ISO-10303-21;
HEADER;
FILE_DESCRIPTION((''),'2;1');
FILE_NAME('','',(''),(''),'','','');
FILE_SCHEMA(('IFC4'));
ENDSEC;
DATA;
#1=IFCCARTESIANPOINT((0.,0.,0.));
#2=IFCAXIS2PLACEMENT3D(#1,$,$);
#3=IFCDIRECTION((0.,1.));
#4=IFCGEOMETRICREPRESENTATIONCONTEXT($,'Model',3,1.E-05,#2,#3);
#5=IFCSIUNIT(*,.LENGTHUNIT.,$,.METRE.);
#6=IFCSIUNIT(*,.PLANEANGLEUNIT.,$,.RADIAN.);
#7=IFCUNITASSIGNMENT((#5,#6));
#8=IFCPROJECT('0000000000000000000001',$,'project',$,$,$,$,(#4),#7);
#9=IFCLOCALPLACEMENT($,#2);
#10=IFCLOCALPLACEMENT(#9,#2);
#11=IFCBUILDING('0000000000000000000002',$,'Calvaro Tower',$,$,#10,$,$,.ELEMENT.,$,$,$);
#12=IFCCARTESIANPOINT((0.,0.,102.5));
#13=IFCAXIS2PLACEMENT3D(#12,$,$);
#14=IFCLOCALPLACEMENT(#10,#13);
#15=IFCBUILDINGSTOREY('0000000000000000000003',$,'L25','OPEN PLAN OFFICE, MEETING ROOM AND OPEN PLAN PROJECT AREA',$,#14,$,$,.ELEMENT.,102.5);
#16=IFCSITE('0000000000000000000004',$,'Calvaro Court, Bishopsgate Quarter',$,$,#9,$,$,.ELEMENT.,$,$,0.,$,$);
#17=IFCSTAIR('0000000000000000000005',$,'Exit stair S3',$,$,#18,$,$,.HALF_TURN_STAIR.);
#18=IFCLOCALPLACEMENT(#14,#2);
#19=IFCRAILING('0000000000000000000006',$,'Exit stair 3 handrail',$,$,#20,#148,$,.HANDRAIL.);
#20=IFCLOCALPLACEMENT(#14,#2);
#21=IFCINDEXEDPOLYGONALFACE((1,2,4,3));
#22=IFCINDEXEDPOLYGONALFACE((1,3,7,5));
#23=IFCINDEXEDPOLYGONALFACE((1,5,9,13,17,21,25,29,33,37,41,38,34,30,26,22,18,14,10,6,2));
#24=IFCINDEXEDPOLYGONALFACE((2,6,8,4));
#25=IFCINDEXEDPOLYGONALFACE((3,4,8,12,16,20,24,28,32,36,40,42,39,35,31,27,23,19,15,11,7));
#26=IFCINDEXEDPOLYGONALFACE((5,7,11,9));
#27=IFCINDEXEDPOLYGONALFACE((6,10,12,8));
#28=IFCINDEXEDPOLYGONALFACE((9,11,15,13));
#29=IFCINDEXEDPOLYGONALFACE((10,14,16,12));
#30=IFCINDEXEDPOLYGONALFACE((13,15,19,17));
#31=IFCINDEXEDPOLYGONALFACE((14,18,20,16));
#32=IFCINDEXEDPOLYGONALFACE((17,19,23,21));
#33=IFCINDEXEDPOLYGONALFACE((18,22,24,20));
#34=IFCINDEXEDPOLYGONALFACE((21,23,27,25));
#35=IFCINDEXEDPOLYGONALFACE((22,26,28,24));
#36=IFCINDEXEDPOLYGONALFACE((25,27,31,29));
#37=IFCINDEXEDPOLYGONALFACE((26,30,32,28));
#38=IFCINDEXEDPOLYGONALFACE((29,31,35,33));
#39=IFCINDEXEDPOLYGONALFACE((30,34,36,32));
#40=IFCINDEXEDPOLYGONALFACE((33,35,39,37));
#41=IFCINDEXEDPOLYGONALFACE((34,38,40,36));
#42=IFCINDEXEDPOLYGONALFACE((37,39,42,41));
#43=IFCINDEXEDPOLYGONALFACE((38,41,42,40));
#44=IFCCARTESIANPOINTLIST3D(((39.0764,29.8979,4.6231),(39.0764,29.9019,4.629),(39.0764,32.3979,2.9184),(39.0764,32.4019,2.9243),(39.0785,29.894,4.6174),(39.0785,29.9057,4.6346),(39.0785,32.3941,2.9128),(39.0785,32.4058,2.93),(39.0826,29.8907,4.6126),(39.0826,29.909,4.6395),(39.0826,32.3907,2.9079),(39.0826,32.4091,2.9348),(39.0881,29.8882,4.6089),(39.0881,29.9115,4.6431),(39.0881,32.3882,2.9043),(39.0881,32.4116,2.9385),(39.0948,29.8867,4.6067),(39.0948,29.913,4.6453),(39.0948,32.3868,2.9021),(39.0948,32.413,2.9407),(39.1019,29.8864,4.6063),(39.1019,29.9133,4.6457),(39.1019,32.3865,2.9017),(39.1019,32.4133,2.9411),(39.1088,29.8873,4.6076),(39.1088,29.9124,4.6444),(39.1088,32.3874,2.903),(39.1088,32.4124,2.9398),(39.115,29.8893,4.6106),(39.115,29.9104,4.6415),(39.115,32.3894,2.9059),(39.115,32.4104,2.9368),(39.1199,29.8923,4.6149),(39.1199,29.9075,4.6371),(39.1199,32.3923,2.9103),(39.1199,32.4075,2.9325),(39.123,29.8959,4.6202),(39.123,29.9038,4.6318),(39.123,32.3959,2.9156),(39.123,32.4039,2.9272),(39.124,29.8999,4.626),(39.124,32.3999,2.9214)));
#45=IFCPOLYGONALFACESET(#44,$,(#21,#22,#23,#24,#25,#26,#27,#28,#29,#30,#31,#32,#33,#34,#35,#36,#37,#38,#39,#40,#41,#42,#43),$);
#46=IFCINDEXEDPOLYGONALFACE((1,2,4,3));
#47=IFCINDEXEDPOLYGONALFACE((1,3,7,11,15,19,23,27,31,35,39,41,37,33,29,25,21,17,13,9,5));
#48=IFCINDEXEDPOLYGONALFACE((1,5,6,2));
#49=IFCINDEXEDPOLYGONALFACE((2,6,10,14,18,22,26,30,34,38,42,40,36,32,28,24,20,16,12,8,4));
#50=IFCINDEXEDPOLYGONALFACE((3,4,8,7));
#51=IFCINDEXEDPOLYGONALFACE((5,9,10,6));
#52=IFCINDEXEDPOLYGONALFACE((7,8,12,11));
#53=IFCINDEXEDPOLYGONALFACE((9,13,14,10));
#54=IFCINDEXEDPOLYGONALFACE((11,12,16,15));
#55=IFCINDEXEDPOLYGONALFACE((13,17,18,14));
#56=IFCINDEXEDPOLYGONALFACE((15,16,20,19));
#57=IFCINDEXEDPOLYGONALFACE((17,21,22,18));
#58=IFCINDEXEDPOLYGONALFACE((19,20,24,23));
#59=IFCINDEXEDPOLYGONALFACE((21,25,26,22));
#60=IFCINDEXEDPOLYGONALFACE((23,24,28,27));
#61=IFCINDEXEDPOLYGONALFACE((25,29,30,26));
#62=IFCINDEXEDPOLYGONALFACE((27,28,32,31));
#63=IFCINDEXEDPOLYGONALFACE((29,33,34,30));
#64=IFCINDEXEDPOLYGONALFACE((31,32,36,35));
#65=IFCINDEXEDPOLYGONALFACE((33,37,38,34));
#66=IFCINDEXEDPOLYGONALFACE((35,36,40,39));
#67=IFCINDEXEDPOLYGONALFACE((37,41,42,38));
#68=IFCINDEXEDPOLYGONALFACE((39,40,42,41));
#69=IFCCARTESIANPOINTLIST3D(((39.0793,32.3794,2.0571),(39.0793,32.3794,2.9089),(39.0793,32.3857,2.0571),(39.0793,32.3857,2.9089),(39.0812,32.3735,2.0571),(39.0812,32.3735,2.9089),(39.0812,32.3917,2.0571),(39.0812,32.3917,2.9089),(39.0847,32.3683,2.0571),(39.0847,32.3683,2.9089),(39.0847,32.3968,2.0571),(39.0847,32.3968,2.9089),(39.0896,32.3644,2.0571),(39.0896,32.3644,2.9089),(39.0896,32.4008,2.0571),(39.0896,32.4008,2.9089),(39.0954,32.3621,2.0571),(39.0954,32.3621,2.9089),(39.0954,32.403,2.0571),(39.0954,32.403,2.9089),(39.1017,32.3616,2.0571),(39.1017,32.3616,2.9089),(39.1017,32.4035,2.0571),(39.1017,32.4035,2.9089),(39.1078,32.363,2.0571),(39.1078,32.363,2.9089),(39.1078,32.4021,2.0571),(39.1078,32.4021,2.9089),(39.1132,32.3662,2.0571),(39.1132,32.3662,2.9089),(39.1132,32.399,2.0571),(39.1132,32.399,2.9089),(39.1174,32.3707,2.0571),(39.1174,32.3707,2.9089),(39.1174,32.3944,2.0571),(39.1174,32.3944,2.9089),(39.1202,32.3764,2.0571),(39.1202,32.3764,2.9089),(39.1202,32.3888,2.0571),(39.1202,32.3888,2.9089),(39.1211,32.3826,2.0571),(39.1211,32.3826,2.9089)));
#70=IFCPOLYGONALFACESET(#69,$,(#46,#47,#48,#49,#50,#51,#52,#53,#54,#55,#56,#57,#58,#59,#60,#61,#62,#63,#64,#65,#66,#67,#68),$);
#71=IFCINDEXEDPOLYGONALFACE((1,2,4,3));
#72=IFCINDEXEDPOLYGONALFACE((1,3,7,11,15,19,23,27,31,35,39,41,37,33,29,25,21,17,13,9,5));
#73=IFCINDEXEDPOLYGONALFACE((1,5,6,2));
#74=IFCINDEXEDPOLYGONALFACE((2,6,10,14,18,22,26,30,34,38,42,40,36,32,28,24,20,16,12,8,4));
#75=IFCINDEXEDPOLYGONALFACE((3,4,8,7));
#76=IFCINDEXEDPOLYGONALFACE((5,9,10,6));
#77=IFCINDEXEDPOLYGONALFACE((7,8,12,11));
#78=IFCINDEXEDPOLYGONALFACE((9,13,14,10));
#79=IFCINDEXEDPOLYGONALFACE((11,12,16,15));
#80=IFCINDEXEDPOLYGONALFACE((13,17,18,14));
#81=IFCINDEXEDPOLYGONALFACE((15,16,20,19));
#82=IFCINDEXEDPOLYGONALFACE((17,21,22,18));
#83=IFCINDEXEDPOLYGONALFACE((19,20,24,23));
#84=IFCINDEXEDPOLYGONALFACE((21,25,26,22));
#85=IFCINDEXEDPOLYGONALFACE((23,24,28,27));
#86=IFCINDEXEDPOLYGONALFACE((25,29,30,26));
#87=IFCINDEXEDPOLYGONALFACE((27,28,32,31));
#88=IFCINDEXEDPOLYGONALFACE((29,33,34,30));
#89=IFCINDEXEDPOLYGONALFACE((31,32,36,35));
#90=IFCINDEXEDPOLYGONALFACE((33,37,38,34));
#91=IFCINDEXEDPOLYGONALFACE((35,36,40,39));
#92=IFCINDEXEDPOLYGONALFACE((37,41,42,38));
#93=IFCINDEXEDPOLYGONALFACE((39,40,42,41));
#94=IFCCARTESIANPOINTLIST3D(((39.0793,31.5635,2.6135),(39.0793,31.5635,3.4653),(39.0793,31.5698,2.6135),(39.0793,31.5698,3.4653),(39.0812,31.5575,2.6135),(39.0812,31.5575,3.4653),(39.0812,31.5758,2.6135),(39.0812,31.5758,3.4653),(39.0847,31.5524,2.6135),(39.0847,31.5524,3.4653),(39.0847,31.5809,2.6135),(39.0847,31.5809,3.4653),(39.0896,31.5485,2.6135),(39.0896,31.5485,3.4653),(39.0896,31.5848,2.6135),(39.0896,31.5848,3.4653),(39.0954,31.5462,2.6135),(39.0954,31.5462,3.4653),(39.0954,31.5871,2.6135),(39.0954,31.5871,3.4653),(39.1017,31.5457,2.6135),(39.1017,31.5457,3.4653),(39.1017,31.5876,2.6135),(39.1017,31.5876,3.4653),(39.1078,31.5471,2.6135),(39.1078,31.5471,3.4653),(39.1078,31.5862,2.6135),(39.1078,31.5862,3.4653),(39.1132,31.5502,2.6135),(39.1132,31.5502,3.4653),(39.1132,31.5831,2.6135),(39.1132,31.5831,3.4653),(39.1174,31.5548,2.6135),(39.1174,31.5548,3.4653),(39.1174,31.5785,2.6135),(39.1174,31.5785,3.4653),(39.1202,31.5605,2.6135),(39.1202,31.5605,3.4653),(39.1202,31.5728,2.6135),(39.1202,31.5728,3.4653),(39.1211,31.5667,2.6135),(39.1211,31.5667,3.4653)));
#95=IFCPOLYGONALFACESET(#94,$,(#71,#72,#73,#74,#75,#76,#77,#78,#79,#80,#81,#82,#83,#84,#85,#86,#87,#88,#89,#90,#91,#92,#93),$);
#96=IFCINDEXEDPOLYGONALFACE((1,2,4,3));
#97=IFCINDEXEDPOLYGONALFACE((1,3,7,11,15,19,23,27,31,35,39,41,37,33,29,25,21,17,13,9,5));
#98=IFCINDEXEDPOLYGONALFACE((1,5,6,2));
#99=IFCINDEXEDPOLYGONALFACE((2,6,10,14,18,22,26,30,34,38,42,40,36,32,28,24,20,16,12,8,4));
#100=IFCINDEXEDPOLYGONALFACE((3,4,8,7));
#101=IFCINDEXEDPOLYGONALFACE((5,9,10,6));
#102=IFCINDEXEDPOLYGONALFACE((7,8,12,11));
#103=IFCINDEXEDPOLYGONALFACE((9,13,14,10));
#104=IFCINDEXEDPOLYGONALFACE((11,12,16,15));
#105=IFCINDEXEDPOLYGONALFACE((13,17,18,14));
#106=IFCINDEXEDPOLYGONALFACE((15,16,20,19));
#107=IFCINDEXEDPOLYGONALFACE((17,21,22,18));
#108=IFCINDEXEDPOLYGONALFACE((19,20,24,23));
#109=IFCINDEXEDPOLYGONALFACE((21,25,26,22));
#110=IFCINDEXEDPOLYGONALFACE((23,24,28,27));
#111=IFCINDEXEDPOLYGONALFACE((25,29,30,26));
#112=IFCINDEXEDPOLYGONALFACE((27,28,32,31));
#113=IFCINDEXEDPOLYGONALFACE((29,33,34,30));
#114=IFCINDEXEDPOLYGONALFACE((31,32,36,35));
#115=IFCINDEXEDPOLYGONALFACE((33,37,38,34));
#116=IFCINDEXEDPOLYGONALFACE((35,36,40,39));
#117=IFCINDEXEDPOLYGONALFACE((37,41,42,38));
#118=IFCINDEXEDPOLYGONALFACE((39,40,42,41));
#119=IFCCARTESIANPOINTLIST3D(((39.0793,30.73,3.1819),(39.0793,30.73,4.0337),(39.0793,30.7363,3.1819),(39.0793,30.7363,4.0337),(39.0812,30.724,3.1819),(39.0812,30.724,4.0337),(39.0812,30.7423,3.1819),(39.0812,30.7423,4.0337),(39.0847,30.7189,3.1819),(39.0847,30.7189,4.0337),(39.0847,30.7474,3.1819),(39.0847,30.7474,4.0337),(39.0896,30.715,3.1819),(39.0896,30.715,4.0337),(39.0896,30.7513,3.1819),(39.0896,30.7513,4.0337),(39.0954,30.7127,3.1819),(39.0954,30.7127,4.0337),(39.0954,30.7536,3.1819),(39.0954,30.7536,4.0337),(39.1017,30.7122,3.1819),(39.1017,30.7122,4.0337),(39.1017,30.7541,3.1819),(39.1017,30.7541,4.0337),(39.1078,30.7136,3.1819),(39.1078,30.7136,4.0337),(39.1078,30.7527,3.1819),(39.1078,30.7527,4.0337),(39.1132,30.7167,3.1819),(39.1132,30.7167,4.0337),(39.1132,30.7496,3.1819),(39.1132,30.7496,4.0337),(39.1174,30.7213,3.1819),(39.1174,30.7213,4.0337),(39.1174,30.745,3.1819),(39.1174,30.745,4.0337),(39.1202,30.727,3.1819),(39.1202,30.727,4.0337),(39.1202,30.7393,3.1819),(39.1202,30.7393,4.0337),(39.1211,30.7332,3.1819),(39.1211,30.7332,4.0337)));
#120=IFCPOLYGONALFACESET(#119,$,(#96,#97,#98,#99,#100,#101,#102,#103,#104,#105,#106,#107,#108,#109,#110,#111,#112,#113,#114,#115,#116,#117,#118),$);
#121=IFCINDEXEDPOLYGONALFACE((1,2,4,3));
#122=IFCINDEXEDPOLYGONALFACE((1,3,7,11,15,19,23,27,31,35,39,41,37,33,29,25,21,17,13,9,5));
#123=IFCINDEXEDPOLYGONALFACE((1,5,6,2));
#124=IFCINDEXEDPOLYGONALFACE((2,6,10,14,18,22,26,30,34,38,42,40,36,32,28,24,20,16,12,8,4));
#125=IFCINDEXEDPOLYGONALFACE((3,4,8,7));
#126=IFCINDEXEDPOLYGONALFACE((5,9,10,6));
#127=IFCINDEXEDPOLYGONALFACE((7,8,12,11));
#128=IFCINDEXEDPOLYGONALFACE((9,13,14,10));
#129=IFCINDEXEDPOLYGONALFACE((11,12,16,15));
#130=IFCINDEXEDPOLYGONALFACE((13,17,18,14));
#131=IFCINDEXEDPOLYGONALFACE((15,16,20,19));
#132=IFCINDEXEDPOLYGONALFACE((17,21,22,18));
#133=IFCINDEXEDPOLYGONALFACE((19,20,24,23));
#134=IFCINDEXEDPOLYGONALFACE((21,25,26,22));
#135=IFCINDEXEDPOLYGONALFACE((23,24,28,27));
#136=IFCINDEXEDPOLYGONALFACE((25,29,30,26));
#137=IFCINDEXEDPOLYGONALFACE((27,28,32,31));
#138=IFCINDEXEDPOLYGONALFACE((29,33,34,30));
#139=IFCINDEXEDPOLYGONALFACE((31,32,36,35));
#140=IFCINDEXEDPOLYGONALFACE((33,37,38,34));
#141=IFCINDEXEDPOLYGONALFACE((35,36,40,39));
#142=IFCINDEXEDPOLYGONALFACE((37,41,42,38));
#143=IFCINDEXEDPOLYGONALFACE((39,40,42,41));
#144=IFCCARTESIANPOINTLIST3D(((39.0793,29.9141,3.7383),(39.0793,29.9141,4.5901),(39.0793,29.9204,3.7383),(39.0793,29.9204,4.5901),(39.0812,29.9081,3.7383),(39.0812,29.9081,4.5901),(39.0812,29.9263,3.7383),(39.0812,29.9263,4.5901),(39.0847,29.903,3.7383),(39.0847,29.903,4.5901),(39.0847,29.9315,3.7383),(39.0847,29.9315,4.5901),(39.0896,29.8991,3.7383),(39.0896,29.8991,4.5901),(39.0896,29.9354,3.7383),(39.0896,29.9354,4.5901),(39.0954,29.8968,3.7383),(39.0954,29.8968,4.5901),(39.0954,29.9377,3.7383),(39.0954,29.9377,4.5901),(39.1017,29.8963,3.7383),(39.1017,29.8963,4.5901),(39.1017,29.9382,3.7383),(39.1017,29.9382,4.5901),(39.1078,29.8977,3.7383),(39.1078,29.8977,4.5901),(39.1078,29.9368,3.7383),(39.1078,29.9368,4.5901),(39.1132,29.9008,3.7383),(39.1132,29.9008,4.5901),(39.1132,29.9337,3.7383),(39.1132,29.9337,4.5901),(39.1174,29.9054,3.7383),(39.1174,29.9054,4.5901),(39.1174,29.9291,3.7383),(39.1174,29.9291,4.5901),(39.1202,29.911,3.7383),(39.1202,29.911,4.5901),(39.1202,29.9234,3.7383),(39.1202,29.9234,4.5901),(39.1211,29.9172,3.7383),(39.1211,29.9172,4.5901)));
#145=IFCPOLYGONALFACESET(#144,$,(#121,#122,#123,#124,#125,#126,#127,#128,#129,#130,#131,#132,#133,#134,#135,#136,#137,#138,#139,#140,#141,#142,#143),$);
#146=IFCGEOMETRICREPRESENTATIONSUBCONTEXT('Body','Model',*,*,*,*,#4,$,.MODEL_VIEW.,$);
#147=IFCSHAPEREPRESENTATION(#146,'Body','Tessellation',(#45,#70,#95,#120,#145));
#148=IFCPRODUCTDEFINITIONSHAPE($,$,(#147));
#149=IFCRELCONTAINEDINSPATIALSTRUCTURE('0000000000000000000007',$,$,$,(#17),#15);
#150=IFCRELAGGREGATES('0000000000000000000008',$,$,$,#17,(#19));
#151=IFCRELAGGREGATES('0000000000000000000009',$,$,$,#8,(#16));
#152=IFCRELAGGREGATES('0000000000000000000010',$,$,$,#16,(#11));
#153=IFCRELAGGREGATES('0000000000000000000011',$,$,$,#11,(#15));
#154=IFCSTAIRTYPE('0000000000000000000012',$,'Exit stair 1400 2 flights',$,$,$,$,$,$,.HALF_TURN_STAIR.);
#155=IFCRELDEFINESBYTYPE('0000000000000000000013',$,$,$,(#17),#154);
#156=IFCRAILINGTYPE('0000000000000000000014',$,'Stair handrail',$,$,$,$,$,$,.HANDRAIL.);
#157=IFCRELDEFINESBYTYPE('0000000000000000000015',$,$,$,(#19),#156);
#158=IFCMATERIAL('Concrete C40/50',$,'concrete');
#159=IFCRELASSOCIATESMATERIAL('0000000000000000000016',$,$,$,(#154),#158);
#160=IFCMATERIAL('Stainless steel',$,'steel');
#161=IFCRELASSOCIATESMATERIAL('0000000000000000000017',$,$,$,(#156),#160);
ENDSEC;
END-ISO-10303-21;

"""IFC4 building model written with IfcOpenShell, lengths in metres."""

from ifc_helpers import new_model, si_unit, direction, frame, origin, origin_2d, place, context, subcontext, project, spatial, circle, extrude, material, type_object, element, aggregate, save


model = new_model("IFC4")

# Units and contexts
model_context = context("Model", 3, precision=1e-05, world=origin(), true_north=direction((0.0, 1.0)))
body_context = subcontext(model_context, "Body", "Model", "MODEL_VIEW")
ifc_project = project(units=[si_unit("LENGTHUNIT", "METRE"), si_unit("PLANEANGLEUNIT", "RADIAN")], contexts=[model_context])

# Site, building, storey
site_placement = place(None, origin())
site = spatial("IfcSite", under=ifc_project, at=site_placement, Name="Calvaro Court, Bishopsgate Quarter", CompositionType="ELEMENT", RefElevation=0.0)
building_placement = place(site_placement, origin())
building = spatial("IfcBuilding", under=site, at=building_placement, Name="Calvaro Tower", CompositionType="ELEMENT")
storey_placement = place(building_placement, frame((0.0, 0.0, 102.5)))
storey = spatial("IfcBuildingStorey", under=building, at=storey_placement, Name="L25", Description="OPEN PLAN OFFICE, MEETING ROOM AND OPEN PLAN PROJECT AREA", CompositionType="ELEMENT", Elevation=102.5)

# Stair
ifc_material_1 = material(Name="Concrete C40/50", Category="concrete")
stair_type = type_object("IfcStairType", Name="Exit stair 1400 2 flights", PredefinedType="HALF_TURN_STAIR", material=ifc_material_1)
stair_1_placement = place(storey_placement, origin())
stair_1 = element("IfcStair", 1, at=stair_1_placement, inside=storey, type_object=stair_type, Name="Exit stair S3", PredefinedType="HALF_TURN_STAIR")

# Railing
ifc_material_2 = material(Name="Stainless steel", Category="steel")
railing_type = type_object("IfcRailingType", Name="Stair handrail", PredefinedType="HANDRAIL", material=ifc_material_2)
railing_1_placement = place(storey_placement, frame((39.1001, 32.3999, 2.0454)))
railing_1 = element("IfcRailing", 2, at=railing_1_placement, type_object=railing_type, Name="Exit stair 3 handrail", PredefinedType="HANDRAIL", context=body_context, shape_type="SweptSolid", body=[
    extrude(circle(Radius=0.0239, at=origin_2d()), frame((0.0, 0.0, 0.876), z_axis=(0.0, -0.826221, 0.563347), x_axis=(1.0, 0.0, 0.0)), (0.0, 0.0, 1.0), 3.0259),
    extrude(circle(Radius=0.021, at=origin_2d()), frame((0.0, -0.0173, 0.0117)), (0.0, 0.0, 1.0), 0.8518),
    extrude(circle(Radius=0.021, at=origin_2d()), frame((0.0, -0.8333, 0.5681)), (0.0, 0.0, 1.0), 0.8518),
    extrude(circle(Radius=0.021, at=origin_2d()), frame((0.0, -1.6667, 1.1365)), (0.0, 0.0, 1.0), 0.8518),
    extrude(circle(Radius=0.021, at=origin_2d()), frame((0.0, -2.4827, 1.6929)), (0.0, 0.0, 1.0), 0.8518),
])
aggregate(stair_1, [railing_1])

save(model, "model.ifc")
